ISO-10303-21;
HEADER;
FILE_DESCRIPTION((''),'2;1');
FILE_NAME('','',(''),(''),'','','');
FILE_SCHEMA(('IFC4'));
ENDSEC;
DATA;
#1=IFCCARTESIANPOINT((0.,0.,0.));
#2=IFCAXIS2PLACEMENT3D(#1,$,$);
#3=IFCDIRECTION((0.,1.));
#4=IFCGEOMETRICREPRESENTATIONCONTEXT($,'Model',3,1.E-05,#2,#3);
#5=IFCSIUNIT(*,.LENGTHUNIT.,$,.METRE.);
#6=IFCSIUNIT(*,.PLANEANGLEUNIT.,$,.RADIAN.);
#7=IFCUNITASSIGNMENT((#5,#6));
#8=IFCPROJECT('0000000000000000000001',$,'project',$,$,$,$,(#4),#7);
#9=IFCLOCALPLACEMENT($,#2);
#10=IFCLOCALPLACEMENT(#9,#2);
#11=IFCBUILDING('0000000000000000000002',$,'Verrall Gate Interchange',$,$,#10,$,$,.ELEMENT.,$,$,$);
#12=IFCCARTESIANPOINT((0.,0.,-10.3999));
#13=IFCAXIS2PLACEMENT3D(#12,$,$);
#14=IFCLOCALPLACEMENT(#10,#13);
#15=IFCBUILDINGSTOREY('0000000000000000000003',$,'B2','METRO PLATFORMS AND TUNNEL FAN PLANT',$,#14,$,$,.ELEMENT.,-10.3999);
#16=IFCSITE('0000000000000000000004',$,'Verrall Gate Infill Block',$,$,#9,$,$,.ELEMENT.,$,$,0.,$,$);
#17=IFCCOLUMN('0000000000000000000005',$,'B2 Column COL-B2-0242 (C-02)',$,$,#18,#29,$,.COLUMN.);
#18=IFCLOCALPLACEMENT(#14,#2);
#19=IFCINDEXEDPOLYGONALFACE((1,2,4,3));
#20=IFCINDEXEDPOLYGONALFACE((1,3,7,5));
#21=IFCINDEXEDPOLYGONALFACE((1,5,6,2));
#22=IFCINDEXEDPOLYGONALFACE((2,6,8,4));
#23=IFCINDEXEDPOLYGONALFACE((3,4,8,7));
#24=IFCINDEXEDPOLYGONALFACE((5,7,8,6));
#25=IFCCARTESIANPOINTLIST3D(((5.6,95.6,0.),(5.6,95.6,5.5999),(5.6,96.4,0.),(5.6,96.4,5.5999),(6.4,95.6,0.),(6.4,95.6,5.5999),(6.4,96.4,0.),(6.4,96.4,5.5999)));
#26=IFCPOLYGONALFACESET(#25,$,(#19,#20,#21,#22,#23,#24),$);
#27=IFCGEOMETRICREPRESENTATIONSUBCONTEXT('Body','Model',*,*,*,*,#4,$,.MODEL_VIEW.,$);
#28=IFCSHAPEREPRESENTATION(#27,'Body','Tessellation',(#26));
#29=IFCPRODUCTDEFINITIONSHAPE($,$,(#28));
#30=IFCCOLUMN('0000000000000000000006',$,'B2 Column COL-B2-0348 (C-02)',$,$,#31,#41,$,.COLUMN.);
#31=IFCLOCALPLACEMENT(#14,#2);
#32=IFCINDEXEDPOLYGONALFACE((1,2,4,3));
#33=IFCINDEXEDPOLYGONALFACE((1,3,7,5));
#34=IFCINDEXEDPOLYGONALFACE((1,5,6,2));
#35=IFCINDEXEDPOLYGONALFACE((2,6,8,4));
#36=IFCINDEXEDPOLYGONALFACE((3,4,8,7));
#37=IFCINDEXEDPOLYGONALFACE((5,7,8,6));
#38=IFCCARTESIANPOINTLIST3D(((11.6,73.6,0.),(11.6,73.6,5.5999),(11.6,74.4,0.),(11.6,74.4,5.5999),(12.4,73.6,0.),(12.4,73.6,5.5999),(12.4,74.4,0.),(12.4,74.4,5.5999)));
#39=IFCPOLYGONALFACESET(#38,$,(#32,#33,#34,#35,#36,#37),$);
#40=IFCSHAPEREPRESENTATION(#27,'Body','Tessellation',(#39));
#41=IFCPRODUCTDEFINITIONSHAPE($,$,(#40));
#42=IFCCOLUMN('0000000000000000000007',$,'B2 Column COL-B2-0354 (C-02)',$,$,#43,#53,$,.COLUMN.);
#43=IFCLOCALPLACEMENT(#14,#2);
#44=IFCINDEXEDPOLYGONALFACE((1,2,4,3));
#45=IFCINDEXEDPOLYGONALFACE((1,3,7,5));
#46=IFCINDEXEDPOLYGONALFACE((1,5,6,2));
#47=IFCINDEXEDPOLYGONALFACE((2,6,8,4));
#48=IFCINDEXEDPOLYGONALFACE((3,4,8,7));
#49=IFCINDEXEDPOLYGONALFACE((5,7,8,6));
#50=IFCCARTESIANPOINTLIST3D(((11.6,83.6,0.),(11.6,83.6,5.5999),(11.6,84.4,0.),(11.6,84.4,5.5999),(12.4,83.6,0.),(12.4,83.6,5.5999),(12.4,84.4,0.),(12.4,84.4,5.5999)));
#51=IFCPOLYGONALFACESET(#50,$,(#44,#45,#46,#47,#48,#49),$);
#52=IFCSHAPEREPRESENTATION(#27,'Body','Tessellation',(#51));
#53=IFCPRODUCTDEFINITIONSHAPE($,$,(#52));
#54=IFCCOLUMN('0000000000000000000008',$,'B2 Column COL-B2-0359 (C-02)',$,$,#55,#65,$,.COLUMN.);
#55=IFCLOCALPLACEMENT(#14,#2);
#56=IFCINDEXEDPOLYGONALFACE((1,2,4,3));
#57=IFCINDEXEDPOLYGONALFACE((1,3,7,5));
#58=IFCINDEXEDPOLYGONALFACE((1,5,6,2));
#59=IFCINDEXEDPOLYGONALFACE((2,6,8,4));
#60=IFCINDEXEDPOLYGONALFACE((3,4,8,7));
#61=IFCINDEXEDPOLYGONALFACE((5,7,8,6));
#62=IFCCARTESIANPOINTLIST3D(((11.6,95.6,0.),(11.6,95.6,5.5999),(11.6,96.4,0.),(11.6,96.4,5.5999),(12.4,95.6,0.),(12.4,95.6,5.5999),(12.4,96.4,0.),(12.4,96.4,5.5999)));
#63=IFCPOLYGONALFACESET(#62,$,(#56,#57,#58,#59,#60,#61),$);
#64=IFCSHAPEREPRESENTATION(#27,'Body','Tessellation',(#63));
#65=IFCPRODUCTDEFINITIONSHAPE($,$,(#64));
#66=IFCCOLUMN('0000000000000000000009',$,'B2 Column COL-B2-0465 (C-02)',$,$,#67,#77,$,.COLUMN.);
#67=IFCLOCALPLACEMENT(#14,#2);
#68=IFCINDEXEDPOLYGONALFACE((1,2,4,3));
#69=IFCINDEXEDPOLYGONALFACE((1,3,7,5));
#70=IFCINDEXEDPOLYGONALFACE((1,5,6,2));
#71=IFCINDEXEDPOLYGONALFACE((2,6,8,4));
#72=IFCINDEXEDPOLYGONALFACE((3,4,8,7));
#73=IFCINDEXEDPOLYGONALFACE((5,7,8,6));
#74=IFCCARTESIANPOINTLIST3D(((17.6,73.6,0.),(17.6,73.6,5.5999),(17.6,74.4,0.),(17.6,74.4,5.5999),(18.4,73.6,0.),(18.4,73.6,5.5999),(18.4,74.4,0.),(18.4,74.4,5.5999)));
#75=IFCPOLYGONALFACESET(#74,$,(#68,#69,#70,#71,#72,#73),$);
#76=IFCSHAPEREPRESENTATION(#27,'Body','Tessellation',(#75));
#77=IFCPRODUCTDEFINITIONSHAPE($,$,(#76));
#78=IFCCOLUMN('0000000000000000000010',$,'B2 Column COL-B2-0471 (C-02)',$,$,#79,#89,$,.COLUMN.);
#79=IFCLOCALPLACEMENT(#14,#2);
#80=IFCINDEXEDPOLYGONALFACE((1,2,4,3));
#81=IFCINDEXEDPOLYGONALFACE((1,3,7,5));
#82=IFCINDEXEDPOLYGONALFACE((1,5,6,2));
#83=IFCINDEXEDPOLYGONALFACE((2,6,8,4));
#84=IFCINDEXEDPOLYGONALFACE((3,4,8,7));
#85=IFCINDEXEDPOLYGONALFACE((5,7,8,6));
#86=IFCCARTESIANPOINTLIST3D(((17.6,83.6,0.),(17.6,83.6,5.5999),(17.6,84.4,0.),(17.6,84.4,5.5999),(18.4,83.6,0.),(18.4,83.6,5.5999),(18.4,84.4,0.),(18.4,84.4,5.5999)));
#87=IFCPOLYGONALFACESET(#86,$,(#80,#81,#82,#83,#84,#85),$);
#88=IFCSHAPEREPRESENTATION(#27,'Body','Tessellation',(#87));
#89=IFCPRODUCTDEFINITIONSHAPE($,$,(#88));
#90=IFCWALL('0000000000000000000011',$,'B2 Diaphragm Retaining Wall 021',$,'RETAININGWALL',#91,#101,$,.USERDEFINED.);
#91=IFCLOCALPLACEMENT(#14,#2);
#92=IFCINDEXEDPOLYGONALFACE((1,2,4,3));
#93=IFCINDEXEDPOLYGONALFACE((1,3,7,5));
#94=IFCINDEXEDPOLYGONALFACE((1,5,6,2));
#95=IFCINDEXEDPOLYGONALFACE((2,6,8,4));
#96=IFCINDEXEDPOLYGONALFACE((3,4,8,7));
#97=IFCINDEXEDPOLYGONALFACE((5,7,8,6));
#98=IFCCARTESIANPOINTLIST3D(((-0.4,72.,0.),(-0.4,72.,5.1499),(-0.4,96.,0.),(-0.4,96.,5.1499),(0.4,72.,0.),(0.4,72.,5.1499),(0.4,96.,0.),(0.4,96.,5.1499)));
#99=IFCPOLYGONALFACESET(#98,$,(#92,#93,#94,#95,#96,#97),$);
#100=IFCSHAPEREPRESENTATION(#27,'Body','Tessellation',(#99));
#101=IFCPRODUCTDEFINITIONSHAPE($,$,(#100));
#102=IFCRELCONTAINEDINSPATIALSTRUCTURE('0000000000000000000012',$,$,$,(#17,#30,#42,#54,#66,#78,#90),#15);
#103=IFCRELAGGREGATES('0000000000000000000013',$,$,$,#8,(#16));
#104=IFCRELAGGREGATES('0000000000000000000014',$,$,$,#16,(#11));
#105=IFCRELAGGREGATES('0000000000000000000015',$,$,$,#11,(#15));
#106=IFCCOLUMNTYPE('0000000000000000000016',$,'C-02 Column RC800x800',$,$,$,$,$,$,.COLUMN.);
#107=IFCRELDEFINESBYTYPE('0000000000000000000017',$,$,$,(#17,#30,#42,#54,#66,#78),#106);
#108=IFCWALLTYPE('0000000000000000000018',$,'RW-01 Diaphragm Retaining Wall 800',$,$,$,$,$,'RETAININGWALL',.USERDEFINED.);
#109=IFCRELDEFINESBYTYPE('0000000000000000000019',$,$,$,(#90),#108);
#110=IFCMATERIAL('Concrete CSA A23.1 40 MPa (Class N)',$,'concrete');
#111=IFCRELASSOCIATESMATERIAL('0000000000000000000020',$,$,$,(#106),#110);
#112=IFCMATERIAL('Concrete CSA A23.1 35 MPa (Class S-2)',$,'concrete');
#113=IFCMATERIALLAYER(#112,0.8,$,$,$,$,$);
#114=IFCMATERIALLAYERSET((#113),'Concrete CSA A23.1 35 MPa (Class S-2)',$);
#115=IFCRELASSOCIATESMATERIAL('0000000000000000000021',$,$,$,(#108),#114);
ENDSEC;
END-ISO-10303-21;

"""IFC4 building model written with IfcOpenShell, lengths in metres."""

from ifc_helpers import new_model, si_unit, direction, frame, frame_2d, origin, origin_2d, place, context, subcontext, project, spatial, rectangle, extrude, material, layer, layer_set, material_profile, profile_set, type_object, element, save


model = new_model("IFC4")

# Units and contexts
model_context = context("Model", 3, precision=1e-05, world=origin(), true_north=direction((0.0, 1.0)))
body_context = subcontext(model_context, "Body", "Model", "MODEL_VIEW")
ifc_project = project(units=[si_unit("LENGTHUNIT", "METRE"), si_unit("PLANEANGLEUNIT", "RADIAN")], contexts=[model_context])

# Site, building, storey
site_placement = place(None, origin())
site = spatial("IfcSite", under=ifc_project, at=site_placement, Name="Verrall Gate Infill Block", CompositionType="ELEMENT", RefElevation=0.0)
building_placement = place(site_placement, origin())
building = spatial("IfcBuilding", under=site, at=building_placement, Name="Verrall Gate Interchange", CompositionType="ELEMENT")
storey_placement = place(building_placement, frame((0.0, 0.0, -10.3999)))
storey = spatial("IfcBuildingStorey", under=building, at=storey_placement, Name="B2", Description="METRO PLATFORMS AND TUNNEL FAN PLANT", CompositionType="ELEMENT", Elevation=-10.3999)

# Columns
ifc_material_1 = material(Name="Concrete CSA A23.1 40 MPa (Class N)", Category="concrete")
ifc_material_profile_1 = material_profile(ifc_material_1, rectangle(XDim=0.8, YDim=0.8, at=origin_2d()), Name="RC800x800")
ifc_profile_set_1 = profile_set([ifc_material_profile_1], Name="Concrete CSA A23.1 40 MPa (Class N)")
column_type = type_object("IfcColumnType", Name="C-02 Column RC800x800", PredefinedType="COLUMN", material=ifc_profile_set_1)
for number, where, z_axis, x_axis, name in (
    (1, (6.0, 96.0, 0.0), (0.0, 0.0, 1.0), (1.0, 0.0, 0.0), "B2 Column COL-B2-0242 (C-02)"),
    (2, (12.0, 74.0, 0.0), (0.0, 0.0, 1.0), (1.0, 0.0, 0.0), "B2 Column COL-B2-0348 (C-02)"),
    (3, (12.0, 84.0, 0.0), (0.0, 0.0, 1.0), (1.0, 0.0, 0.0), "B2 Column COL-B2-0354 (C-02)"),
    (4, (12.0, 96.0, 0.0), (0.0, 0.0, 1.0), (1.0, 0.0, 0.0), "B2 Column COL-B2-0359 (C-02)"),
    (5, (18.0, 74.0, 0.0), (0.0, 0.0, 1.0), (1.0, 0.0, 0.0), "B2 Column COL-B2-0465 (C-02)"),
    (6, (18.0, 84.0, 0.0), (0.0, 0.0, 1.0), (1.0, 0.0, 0.0), "B2 Column COL-B2-0471 (C-02)"),
):
    element("IfcColumn", number, at=place(storey_placement, frame(where, z_axis=z_axis, x_axis=x_axis)), inside=storey, type_object=column_type, Name=name, PredefinedType="COLUMN", context=body_context, shape_type="SweptSolid", body=[
        extrude(rectangle(XDim=0.8, YDim=0.8, at=origin_2d()), origin(), (0.0, 0.0, 1.0), 5.5999),
    ])

# Wall
ifc_material_2 = material(Name="Concrete CSA A23.1 35 MPa (Class S-2)", Category="concrete")
ifc_layer = layer(ifc_material_2, 0.8)
ifc_layer_set = layer_set([ifc_layer], Name="Concrete CSA A23.1 35 MPa (Class S-2)")
wall_type = type_object("IfcWallType", Name="RW-01 Diaphragm Retaining Wall 800", ElementType="RETAININGWALL", PredefinedType="USERDEFINED", material=ifc_layer_set)
wall_placement = place(storey_placement, frame((0.0, 96.0, 0.0), z_axis=(0.0, 0.0, 1.0), x_axis=(0.0, -1.0, 0.0)))
element("IfcWall", 7, at=wall_placement, inside=storey, type_object=wall_type, Name="B2 Diaphragm Retaining Wall 021", ObjectType="RETAININGWALL", PredefinedType="USERDEFINED", context=body_context, shape_type="SweptSolid", body=[
    extrude(rectangle(XDim=24.0, YDim=0.8, at=frame_2d((12.0, 0.0))), origin(), (0.0, 0.0, 1.0), 5.1499),
])

save(model, "model.ifc")
